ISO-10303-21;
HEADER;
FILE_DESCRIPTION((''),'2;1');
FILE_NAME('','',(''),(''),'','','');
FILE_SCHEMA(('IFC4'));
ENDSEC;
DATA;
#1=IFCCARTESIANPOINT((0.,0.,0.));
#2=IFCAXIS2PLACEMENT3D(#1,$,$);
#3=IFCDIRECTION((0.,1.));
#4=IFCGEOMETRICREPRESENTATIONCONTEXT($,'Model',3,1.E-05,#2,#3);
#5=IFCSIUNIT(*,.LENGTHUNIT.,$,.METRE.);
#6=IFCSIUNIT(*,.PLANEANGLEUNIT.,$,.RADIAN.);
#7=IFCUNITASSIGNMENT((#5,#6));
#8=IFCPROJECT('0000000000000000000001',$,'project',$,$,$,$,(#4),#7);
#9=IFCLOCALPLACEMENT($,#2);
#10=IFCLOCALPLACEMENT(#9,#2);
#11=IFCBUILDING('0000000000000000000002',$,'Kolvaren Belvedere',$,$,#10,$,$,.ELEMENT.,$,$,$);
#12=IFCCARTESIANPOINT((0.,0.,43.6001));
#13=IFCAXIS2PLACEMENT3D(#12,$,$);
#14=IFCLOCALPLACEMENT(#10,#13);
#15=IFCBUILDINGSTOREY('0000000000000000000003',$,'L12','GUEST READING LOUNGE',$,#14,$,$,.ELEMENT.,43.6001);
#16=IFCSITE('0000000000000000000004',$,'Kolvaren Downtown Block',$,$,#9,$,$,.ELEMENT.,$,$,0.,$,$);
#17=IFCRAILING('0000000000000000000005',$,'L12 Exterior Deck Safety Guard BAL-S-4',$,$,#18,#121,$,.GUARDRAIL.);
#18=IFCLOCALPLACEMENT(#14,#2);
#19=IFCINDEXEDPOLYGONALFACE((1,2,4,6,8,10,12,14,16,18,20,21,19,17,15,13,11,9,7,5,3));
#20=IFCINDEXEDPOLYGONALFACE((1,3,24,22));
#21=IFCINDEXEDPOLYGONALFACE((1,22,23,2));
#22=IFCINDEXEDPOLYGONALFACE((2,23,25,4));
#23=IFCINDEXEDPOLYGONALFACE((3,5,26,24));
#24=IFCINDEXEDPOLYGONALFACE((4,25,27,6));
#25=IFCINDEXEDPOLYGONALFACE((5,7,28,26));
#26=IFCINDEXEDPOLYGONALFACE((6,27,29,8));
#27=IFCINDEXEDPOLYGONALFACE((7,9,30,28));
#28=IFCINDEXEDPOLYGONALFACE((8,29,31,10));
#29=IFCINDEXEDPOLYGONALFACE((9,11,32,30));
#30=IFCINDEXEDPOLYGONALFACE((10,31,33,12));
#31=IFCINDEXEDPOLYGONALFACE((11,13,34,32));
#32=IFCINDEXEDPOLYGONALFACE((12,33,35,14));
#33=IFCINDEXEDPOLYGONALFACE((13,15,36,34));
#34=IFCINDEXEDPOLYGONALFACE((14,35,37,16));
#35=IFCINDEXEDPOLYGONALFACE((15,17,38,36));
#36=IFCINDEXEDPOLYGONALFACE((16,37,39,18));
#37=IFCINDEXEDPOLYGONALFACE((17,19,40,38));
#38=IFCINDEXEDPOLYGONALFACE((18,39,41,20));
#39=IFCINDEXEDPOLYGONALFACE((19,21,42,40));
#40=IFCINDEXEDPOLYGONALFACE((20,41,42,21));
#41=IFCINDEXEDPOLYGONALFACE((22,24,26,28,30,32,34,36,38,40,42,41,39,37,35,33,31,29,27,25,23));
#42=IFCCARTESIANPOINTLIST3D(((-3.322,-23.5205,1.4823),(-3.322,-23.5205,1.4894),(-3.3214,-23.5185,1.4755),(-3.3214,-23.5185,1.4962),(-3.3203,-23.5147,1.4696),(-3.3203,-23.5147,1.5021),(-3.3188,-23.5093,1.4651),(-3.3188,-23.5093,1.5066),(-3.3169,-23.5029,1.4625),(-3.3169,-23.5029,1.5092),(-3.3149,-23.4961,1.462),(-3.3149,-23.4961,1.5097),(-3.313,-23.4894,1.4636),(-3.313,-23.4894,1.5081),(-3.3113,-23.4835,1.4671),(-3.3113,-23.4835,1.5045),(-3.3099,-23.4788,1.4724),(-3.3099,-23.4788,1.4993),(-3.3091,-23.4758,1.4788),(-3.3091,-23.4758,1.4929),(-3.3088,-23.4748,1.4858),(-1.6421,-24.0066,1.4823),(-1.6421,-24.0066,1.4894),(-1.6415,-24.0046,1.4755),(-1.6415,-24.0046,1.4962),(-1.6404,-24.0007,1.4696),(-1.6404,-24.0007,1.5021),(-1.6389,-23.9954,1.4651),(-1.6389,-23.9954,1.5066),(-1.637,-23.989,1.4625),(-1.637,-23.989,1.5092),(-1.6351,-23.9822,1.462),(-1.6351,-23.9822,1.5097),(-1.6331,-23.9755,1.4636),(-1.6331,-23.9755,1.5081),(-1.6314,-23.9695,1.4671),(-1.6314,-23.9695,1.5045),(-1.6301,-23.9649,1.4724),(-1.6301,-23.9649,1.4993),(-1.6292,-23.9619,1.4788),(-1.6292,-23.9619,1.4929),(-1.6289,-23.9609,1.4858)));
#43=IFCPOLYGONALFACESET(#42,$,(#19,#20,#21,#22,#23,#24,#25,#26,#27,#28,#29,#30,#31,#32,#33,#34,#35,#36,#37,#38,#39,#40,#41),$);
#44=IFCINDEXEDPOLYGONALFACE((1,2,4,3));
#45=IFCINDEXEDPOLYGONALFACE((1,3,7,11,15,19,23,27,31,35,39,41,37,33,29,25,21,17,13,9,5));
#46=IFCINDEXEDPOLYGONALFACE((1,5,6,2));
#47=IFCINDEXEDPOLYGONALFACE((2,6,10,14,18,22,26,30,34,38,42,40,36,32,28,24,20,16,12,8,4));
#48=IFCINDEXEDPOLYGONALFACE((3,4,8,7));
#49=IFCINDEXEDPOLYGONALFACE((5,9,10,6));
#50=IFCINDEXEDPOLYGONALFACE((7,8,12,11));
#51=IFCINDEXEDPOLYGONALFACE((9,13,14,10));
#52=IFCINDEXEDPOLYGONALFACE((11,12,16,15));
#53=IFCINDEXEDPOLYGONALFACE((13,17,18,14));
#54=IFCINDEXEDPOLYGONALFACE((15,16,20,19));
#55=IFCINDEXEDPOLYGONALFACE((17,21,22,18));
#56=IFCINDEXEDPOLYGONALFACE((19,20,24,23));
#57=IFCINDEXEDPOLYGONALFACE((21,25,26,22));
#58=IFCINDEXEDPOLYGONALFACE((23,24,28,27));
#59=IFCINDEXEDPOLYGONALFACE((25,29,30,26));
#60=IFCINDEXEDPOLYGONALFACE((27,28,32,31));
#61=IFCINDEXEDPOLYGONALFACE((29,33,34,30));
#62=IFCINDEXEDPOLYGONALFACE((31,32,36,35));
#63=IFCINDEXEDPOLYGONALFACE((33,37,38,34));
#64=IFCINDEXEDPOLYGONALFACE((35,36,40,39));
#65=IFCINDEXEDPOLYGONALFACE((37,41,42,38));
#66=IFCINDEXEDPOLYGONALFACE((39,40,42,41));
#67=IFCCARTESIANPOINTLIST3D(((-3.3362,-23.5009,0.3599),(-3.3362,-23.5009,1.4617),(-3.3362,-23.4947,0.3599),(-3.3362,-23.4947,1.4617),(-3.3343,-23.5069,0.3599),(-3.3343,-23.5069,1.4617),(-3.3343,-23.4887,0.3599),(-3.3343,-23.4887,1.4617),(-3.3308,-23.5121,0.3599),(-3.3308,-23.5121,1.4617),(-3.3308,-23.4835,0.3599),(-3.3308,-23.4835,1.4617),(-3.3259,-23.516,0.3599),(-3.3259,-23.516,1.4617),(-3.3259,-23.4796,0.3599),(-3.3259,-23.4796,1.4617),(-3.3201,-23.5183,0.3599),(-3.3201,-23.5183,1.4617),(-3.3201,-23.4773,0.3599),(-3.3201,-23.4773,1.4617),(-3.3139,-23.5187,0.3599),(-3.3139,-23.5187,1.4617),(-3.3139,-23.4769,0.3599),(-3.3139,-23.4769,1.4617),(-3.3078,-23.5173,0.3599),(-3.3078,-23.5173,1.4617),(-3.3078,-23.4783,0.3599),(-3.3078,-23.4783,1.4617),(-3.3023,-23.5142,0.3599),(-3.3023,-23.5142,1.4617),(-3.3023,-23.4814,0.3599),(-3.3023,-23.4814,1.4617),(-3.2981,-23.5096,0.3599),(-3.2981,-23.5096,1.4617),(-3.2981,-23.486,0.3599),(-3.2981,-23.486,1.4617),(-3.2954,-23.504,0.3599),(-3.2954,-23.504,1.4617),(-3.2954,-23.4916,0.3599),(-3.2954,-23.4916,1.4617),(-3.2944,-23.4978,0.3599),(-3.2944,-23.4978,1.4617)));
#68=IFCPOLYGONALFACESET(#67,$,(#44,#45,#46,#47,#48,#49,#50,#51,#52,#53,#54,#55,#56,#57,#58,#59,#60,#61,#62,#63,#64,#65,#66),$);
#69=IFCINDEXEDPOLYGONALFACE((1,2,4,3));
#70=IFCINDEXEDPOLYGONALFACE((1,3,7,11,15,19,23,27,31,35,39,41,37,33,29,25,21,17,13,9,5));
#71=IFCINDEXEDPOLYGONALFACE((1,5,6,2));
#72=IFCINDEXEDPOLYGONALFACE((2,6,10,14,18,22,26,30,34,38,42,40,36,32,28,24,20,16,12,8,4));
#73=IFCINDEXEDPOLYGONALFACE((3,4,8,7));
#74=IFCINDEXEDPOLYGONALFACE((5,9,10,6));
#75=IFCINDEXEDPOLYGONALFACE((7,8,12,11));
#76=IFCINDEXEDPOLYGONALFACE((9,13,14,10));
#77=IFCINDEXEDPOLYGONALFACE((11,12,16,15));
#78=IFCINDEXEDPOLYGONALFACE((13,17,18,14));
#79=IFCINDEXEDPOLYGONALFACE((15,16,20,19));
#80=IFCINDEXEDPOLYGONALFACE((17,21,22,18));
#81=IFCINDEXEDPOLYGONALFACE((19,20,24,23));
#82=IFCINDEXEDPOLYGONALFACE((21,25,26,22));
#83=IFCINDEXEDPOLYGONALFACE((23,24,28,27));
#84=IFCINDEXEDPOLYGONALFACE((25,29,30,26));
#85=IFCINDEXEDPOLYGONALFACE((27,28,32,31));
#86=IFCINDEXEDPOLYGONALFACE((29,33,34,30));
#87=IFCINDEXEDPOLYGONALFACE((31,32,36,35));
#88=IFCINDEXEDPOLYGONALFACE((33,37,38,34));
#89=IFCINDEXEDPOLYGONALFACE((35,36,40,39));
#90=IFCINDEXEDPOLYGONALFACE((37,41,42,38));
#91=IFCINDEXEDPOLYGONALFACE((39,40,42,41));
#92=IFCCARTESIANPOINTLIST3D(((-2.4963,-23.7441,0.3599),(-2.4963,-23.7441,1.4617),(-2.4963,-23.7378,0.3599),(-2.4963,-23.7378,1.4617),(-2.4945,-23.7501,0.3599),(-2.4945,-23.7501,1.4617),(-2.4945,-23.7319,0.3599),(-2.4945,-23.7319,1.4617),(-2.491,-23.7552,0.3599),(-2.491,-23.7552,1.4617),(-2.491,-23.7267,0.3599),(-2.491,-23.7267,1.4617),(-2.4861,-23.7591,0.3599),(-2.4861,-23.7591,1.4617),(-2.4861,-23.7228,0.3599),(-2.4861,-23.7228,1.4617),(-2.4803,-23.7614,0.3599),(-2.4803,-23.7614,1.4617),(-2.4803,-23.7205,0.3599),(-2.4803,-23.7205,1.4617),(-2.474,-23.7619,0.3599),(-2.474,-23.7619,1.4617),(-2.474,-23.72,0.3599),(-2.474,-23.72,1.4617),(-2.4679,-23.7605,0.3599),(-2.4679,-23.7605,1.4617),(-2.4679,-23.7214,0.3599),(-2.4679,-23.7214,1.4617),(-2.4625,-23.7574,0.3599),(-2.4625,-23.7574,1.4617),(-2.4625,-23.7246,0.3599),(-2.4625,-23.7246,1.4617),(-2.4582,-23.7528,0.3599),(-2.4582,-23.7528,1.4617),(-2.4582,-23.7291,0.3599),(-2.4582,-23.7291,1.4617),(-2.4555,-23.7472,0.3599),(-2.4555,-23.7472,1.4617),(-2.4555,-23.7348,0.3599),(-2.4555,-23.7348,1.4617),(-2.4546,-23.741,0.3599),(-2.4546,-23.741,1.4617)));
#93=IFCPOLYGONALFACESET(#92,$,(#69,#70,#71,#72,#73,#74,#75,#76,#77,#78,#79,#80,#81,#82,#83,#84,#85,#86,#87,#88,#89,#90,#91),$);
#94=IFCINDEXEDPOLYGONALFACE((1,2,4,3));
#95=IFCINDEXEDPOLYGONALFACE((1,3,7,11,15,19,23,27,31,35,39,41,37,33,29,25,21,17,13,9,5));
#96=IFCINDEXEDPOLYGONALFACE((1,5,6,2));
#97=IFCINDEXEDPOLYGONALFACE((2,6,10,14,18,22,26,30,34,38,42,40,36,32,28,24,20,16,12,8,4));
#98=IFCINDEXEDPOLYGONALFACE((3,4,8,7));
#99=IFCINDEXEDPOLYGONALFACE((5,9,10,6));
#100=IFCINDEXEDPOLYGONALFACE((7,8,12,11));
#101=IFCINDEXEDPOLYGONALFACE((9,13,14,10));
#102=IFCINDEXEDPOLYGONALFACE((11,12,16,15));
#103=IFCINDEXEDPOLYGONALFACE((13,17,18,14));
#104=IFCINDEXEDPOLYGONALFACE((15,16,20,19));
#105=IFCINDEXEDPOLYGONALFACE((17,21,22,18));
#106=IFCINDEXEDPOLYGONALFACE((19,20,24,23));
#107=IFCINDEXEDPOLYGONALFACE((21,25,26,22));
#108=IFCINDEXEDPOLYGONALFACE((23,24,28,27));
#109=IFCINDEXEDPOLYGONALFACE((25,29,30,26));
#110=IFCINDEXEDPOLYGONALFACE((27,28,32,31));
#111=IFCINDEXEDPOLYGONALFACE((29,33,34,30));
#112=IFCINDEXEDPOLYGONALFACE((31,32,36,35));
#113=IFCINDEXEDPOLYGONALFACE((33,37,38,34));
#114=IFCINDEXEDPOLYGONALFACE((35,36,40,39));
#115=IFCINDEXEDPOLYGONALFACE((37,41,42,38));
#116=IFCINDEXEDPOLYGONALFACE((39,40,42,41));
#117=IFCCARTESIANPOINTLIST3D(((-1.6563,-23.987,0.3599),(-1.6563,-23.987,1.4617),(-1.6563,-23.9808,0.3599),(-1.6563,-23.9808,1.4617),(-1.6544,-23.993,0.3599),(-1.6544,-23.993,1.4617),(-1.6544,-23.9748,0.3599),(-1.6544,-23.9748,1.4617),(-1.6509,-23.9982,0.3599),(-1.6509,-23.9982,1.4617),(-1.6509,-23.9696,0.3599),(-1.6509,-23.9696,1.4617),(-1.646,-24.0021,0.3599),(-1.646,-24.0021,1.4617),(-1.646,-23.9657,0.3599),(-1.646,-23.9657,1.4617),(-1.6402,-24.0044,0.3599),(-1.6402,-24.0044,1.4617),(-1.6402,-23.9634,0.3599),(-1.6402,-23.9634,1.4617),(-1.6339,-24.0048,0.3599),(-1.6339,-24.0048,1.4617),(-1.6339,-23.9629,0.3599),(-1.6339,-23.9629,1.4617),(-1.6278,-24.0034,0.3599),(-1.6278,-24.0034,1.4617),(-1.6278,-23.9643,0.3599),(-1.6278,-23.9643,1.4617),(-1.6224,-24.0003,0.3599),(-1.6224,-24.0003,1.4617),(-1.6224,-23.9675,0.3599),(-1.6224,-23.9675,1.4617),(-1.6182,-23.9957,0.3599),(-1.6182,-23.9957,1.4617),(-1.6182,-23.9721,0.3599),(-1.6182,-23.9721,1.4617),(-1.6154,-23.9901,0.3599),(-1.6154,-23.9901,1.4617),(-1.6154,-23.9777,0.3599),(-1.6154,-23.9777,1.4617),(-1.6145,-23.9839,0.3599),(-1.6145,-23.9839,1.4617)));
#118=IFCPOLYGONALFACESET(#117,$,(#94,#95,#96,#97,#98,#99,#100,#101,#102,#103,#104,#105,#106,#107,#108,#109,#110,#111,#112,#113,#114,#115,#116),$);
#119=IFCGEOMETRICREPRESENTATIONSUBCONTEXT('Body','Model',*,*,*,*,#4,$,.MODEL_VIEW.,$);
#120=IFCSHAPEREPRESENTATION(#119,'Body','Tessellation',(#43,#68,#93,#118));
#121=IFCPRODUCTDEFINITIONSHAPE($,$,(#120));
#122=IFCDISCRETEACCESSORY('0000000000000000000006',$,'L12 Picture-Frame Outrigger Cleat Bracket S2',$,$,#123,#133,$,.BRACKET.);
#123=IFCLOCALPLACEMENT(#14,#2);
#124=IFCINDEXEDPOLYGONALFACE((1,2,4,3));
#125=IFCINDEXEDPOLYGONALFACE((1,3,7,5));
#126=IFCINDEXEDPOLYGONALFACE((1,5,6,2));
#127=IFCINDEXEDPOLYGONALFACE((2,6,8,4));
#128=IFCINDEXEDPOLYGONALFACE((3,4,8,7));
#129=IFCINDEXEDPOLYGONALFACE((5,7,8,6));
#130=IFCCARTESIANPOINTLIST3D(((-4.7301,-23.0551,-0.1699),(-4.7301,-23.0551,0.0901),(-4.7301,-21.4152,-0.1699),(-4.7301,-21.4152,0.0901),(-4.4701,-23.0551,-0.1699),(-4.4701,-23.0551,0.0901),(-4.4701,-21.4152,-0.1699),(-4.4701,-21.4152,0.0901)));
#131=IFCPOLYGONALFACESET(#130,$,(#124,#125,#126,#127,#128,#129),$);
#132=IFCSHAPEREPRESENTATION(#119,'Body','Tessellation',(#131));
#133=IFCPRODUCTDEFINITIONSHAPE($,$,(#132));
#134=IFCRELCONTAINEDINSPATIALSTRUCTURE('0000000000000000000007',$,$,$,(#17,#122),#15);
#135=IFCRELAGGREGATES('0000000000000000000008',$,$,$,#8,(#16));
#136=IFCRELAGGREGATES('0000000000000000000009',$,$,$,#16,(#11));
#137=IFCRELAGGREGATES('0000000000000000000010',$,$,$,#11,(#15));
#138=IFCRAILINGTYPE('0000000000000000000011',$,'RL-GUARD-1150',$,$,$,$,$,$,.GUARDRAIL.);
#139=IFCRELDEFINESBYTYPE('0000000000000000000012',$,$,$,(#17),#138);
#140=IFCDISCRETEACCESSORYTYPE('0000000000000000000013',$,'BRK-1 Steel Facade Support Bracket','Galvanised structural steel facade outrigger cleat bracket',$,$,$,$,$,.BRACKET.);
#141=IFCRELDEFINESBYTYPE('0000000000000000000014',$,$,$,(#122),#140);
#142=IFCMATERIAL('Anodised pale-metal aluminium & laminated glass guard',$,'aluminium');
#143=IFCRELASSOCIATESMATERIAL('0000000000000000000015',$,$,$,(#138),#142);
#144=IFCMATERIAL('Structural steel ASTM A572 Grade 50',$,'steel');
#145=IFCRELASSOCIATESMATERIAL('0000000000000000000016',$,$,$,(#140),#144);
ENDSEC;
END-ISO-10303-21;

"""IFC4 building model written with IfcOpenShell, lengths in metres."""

from ifc_helpers import new_model, si_unit, direction, frame, origin, origin_2d, place, context, subcontext, project, spatial, rectangle, circle, extrude, material, type_object, element, save


model = new_model("IFC4")

# Units and contexts
model_context = context("Model", 3, precision=1e-05, world=origin(), true_north=direction((0.0, 1.0)))
body_context = subcontext(model_context, "Body", "Model", "MODEL_VIEW")
ifc_project = project(units=[si_unit("LENGTHUNIT", "METRE"), si_unit("PLANEANGLEUNIT", "RADIAN")], contexts=[model_context])

# Site, building, storey
site_placement = place(None, origin())
site = spatial("IfcSite", under=ifc_project, at=site_placement, Name="Kolvaren Downtown Block", CompositionType="ELEMENT", RefElevation=0.0)
building_placement = place(site_placement, origin())
building = spatial("IfcBuilding", under=site, at=building_placement, Name="Kolvaren Belvedere", CompositionType="ELEMENT")
storey_placement = place(building_placement, frame((0.0, 0.0, 43.6001)))
storey = spatial("IfcBuildingStorey", under=building, at=storey_placement, Name="L12", Description="GUEST READING LOUNGE", CompositionType="ELEMENT", Elevation=43.6001)

# Railing
ifc_material_1 = material(Name="Anodised pale-metal aluminium & laminated glass guard", Category="aluminium")
railing_type = type_object("IfcRailingType", Name="RL-GUARD-1150", PredefinedType="GUARDRAIL", material=ifc_material_1)
railing_1_placement = place(storey_placement, frame((-3.3154, -23.4978, 0.3599)))
element("IfcRailing", 1, at=railing_1_placement, inside=storey, type_object=railing_type, Name="L12 Exterior Deck Safety Guard BAL-S-4", PredefinedType="GUARDRAIL", context=body_context, shape_type="SweptSolid", body=[
    extrude(circle(Radius=0.0239, at=origin_2d()), frame((0.0, 0.0, 1.126), z_axis=(0.960597, -0.277946, 0.0), x_axis=(0.277946, 0.960597, 0.0)), (0.0, 0.0, 1.0), 1.7488),
    extrude(circle(Radius=0.021, at=origin_2d()), origin(), (0.0, 0.0, 1.0), 1.1018),
    extrude(circle(Radius=0.021, at=origin_2d()), frame((0.8398, -0.2432, 0.0)), (0.0, 0.0, 1.0), 1.1018),
    extrude(circle(Radius=0.021, at=origin_2d()), frame((1.6799, -0.4861, 0.0)), (0.0, 0.0, 1.0), 1.1018),
])

# Discrete accessory
ifc_material_2 = material(Name="Structural steel ASTM A572 Grade 50", Category="steel")
discrete_accessory_type = type_object("IfcDiscreteAccessoryType", Name="BRK-1 Steel Facade Support Bracket", Description="Galvanised structural steel facade outrigger cleat bracket", PredefinedType="BRACKET", material=ifc_material_2)
discrete_accessory_placement = place(storey_placement, frame((-4.6001, -22.2351, -0.1699), z_axis=(0.0, 0.0, 1.0), x_axis=(0.0, 1.0, 0.0)))
element("IfcDiscreteAccessory", 2, at=discrete_accessory_placement, inside=storey, type_object=discrete_accessory_type, Name="L12 Picture-Frame Outrigger Cleat Bracket S2", PredefinedType="BRACKET", context=body_context, shape_type="SweptSolid", body=[
    extrude(rectangle(XDim=1.6399, YDim=0.26, at=origin_2d()), origin(), (0.0, 0.0, 1.0), 0.26),
])

save(model, "model.ifc")
